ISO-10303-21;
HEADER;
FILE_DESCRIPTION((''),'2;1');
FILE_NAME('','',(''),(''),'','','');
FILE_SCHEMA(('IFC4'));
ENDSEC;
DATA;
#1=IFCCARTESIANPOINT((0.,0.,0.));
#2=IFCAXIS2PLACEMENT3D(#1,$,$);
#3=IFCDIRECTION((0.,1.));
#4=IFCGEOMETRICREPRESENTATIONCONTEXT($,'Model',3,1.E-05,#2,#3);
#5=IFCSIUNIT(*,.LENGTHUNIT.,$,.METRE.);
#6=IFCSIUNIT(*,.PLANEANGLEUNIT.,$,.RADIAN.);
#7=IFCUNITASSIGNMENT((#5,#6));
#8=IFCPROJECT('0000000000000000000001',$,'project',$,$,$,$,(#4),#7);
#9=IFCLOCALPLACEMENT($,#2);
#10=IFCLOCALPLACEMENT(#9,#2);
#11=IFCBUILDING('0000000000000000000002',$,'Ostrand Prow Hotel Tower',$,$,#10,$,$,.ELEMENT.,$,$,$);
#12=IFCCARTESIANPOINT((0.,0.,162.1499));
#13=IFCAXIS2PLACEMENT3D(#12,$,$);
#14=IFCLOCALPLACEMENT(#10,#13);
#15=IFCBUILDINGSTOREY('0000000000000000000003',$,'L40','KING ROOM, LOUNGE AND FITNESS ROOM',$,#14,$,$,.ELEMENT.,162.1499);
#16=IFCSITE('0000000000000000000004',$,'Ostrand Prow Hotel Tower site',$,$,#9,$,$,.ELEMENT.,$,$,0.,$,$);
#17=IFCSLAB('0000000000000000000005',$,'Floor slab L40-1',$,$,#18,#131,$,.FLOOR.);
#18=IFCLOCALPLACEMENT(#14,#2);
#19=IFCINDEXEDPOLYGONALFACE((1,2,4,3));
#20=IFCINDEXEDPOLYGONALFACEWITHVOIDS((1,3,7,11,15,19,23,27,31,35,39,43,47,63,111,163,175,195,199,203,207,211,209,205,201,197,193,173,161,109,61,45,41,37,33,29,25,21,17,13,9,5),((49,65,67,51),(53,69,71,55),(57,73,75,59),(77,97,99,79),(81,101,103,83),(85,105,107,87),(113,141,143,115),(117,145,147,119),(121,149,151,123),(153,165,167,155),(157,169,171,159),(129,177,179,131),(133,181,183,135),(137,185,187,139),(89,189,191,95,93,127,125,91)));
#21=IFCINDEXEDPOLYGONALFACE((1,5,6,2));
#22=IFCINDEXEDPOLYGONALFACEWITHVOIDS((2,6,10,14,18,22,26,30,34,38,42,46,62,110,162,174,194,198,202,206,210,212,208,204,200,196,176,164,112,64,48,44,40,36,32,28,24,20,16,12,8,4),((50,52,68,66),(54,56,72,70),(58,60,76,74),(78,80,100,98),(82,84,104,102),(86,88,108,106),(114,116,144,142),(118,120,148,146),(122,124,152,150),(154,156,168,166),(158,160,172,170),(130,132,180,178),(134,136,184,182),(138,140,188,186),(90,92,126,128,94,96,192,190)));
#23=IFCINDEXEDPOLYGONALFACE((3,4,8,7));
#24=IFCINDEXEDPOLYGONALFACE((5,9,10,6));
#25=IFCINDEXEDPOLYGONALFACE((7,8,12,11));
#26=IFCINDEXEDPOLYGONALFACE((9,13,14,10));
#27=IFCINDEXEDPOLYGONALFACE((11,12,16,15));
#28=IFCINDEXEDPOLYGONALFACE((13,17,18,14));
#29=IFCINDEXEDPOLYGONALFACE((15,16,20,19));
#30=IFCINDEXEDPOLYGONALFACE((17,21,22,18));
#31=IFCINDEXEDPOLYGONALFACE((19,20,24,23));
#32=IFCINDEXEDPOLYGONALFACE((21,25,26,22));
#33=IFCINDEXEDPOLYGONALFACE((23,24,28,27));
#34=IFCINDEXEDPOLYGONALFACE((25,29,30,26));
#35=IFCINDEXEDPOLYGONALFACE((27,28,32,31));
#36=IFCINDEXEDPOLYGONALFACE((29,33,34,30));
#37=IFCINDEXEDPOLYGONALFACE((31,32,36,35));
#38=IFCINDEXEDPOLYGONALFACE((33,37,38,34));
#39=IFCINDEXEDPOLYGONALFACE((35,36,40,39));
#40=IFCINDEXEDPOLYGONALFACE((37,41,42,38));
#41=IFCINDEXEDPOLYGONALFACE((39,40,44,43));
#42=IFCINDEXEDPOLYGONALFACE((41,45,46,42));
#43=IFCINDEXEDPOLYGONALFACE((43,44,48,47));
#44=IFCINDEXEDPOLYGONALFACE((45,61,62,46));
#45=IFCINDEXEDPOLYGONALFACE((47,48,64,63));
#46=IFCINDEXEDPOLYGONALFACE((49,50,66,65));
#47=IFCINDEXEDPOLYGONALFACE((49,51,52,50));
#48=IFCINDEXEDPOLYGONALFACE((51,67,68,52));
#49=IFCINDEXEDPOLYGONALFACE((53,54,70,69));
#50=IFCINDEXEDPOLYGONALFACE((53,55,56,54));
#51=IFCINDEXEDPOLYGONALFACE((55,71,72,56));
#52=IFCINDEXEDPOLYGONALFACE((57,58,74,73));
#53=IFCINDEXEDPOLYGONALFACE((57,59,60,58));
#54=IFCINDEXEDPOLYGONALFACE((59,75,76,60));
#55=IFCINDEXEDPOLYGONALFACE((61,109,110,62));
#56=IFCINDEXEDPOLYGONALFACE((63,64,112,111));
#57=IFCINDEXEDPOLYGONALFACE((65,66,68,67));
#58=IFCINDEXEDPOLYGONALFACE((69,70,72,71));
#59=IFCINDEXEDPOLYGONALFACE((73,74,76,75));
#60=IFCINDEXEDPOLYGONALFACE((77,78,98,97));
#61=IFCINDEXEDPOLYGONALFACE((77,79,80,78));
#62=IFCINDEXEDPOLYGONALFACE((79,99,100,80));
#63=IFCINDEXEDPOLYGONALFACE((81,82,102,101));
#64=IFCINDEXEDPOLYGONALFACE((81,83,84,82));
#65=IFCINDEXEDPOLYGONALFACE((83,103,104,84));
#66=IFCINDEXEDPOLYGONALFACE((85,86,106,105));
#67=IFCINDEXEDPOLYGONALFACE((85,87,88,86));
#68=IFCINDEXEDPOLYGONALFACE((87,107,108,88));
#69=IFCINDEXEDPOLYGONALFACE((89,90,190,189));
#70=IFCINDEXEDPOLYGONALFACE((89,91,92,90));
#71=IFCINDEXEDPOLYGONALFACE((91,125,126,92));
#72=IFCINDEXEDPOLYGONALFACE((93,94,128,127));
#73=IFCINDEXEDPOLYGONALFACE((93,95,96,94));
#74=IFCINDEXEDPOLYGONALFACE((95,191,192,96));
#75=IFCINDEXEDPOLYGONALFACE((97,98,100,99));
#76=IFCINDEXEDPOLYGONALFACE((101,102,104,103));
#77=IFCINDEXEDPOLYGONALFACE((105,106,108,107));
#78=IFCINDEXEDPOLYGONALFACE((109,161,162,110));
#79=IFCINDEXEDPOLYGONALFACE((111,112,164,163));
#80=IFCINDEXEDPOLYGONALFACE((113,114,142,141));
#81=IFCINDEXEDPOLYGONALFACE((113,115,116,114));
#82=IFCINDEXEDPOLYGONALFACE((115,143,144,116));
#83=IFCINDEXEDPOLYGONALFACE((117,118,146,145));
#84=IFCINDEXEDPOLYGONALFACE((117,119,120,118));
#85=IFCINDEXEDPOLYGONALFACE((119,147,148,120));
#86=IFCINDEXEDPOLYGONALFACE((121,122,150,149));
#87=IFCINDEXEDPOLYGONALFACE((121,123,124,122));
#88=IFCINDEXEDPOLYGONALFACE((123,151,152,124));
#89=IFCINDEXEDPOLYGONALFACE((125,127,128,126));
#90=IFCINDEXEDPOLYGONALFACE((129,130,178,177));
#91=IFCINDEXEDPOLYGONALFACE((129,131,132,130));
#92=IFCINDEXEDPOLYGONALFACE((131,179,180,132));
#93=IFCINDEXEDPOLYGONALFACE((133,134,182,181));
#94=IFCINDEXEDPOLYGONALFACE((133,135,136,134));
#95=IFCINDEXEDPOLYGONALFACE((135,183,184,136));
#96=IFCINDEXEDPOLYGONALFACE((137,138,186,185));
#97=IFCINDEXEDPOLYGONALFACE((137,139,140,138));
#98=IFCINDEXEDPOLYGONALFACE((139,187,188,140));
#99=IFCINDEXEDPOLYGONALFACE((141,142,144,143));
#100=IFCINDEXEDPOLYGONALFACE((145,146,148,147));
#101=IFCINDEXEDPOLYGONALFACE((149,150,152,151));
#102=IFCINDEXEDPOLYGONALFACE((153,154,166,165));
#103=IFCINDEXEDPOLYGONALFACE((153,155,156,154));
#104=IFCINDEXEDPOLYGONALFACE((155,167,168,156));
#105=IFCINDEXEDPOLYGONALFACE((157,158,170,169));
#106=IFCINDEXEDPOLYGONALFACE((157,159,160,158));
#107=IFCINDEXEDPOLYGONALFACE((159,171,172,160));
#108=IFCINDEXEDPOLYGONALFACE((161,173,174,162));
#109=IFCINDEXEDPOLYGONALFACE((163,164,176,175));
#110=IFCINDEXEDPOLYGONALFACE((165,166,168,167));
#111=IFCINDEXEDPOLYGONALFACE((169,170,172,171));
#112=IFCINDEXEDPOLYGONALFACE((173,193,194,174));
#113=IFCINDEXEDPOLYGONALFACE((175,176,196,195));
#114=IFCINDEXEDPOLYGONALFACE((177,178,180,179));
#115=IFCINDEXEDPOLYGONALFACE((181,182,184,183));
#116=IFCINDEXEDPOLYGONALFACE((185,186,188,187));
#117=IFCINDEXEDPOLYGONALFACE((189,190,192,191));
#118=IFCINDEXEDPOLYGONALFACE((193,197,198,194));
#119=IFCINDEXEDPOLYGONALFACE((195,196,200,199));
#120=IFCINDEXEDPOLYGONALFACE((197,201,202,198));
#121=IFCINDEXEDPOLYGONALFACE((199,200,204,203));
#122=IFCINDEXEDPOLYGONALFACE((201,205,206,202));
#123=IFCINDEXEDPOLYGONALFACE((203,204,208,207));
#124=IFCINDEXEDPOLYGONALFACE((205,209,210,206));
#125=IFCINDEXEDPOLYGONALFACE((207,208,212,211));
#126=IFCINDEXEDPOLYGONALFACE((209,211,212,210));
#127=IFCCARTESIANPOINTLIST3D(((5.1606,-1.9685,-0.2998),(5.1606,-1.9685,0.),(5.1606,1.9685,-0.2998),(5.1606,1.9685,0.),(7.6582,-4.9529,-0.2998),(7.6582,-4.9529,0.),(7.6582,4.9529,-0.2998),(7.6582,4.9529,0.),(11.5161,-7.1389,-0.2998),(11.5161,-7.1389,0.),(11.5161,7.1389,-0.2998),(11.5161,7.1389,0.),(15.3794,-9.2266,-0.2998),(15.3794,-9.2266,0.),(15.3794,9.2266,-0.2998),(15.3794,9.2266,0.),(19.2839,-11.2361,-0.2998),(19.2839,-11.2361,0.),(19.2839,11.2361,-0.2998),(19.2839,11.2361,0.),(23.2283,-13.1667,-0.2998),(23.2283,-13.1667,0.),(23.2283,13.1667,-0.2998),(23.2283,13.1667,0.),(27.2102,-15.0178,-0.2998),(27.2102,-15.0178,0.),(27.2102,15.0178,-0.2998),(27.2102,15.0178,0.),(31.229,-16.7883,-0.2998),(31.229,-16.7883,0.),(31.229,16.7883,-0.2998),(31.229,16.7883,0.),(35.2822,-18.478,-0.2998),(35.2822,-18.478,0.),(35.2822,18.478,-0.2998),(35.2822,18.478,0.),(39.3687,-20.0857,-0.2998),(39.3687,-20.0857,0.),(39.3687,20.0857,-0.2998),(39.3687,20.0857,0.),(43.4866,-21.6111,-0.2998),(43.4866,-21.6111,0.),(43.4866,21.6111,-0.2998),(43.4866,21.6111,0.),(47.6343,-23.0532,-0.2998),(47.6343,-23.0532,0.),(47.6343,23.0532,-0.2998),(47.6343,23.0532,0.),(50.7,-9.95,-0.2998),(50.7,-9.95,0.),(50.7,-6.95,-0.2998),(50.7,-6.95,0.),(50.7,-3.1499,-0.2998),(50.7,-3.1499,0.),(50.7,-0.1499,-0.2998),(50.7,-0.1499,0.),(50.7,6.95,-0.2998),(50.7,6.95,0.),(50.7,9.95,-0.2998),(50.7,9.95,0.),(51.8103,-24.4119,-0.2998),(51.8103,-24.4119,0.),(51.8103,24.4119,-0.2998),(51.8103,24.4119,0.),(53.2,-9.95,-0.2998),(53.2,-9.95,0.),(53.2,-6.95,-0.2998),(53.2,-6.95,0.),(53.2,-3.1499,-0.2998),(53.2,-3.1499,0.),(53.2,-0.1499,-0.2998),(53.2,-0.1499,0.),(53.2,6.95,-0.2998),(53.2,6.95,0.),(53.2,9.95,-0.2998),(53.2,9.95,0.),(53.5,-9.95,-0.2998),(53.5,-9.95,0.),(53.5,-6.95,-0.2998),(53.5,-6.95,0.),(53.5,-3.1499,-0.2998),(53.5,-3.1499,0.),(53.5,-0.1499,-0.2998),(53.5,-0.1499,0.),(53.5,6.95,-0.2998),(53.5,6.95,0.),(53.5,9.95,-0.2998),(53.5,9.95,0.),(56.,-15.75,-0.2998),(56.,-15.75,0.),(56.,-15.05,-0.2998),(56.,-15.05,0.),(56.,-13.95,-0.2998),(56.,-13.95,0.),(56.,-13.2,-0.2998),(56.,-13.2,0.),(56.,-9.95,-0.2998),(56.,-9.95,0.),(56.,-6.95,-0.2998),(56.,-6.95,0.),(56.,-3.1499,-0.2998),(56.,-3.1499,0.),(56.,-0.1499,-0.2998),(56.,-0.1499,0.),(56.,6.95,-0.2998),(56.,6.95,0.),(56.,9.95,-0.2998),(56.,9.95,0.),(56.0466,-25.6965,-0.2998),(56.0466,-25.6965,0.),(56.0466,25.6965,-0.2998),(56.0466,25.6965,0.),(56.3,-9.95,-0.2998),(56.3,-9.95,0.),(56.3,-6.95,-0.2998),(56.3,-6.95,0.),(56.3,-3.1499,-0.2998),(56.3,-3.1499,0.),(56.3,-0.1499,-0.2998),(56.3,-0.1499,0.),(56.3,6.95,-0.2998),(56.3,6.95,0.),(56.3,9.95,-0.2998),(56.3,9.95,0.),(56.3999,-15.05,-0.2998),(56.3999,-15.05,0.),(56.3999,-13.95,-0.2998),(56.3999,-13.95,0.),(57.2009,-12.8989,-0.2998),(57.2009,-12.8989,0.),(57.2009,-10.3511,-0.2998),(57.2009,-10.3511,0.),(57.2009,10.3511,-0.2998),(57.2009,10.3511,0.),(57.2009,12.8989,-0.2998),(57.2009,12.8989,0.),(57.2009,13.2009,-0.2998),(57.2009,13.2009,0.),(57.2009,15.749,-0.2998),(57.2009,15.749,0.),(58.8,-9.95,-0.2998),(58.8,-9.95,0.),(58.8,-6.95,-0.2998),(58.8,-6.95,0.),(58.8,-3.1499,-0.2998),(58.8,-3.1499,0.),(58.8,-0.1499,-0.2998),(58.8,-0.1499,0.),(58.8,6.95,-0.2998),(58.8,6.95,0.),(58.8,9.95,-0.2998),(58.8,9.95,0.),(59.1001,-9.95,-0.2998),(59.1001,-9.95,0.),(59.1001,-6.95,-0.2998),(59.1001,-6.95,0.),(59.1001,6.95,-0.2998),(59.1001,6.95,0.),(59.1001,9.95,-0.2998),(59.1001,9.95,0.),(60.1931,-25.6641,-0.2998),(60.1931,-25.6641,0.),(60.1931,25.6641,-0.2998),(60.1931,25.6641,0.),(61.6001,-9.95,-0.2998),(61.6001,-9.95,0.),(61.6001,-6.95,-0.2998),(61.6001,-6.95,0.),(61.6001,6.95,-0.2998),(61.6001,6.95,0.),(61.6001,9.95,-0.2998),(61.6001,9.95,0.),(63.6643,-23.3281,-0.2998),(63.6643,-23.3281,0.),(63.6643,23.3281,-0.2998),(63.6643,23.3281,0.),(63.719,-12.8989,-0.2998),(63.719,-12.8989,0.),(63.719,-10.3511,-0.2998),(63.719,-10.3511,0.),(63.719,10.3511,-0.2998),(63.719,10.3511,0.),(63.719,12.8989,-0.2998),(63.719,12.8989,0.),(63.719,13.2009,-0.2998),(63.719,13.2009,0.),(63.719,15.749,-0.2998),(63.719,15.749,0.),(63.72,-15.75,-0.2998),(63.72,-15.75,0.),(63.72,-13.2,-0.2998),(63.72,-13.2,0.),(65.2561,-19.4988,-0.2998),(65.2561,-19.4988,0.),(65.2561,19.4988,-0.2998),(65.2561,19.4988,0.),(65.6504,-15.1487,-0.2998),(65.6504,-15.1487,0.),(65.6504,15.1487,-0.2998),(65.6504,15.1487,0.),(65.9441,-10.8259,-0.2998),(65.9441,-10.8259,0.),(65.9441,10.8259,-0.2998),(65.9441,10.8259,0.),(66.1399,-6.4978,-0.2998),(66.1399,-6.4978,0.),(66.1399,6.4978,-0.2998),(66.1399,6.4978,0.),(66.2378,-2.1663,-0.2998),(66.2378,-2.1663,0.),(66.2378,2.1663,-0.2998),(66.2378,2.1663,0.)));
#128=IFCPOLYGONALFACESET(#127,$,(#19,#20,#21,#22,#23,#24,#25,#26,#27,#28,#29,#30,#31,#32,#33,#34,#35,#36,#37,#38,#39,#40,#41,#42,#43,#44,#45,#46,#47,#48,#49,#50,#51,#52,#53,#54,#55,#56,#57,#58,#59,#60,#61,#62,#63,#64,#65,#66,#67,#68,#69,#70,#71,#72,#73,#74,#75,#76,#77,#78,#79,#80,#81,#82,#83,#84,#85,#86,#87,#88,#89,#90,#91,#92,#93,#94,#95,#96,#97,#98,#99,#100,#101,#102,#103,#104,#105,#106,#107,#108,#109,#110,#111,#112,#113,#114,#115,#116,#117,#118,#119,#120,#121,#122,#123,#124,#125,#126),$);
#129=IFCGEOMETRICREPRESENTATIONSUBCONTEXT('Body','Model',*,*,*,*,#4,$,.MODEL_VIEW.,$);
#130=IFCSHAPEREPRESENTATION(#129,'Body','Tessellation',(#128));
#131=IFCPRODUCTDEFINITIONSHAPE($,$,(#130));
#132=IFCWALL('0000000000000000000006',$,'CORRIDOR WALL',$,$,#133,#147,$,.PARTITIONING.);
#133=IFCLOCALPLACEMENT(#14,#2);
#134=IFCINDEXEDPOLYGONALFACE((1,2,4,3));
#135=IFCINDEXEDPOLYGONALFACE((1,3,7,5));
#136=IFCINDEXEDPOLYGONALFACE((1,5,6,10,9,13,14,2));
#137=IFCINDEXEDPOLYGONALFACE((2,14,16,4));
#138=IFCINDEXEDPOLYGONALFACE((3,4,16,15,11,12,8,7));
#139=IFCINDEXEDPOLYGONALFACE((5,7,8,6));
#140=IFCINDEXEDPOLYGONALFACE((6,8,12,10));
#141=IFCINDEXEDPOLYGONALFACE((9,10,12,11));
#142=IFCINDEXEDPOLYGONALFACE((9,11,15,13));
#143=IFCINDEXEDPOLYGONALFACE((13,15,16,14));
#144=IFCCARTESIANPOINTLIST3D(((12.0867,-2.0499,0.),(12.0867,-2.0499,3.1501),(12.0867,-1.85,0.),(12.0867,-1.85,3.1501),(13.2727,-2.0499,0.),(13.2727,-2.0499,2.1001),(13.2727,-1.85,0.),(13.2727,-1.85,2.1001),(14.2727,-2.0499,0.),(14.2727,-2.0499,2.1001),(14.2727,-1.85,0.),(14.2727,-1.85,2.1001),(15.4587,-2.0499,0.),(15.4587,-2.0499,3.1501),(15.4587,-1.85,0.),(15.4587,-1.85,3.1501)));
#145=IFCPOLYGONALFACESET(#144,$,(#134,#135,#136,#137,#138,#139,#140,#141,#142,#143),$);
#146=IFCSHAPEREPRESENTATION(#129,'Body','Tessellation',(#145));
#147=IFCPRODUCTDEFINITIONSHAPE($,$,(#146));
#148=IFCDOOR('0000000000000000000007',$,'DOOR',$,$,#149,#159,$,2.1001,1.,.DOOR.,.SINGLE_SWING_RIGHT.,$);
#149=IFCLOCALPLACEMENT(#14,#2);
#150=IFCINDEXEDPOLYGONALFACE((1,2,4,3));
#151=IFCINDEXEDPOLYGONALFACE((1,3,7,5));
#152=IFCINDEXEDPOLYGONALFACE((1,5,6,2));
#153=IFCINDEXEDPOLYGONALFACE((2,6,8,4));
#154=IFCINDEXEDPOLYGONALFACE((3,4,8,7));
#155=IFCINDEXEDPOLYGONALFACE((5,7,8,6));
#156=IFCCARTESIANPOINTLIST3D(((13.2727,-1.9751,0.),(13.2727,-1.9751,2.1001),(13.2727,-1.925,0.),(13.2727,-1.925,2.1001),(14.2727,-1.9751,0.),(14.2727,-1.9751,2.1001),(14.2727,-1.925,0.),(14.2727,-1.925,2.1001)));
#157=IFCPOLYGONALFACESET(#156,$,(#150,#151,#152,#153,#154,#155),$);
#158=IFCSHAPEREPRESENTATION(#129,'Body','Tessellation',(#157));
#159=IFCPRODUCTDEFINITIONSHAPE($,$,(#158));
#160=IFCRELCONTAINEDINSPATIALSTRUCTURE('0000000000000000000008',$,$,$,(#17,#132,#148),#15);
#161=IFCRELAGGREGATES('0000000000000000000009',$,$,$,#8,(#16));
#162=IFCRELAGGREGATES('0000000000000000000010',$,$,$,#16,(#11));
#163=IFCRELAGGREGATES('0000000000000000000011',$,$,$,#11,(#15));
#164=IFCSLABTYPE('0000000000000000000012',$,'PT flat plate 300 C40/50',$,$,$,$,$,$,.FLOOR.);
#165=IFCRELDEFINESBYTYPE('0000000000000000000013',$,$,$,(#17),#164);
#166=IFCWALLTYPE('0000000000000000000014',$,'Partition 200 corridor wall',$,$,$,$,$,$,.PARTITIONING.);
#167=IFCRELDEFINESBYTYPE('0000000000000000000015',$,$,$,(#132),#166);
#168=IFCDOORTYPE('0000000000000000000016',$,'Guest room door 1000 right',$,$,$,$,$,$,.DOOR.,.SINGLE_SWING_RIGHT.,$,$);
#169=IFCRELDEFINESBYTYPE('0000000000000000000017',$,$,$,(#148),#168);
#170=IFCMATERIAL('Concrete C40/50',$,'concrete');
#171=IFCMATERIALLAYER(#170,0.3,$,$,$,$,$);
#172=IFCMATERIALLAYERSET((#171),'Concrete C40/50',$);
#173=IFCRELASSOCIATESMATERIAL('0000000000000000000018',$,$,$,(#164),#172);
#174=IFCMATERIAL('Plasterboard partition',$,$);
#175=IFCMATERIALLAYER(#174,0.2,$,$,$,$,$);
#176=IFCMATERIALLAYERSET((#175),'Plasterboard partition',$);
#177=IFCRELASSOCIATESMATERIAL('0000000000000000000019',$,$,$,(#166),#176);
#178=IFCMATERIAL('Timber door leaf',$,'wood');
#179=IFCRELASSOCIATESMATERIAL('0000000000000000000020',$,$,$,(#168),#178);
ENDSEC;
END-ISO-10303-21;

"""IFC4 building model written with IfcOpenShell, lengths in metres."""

from ifc_helpers import new_model, si_unit, direction, frame, frame_2d, origin, place, context, subcontext, project, spatial, polyline, rectangle, outline, extrude, material, layer, layer_set, type_object, element, fill, save


model = new_model("IFC4")

# Units and contexts
model_context = context("Model", 3, precision=1e-05, world=origin(), true_north=direction((0.0, 1.0)))
body_context = subcontext(model_context, "Body", "Model", "MODEL_VIEW")
ifc_project = project(units=[si_unit("LENGTHUNIT", "METRE"), si_unit("PLANEANGLEUNIT", "RADIAN")], contexts=[model_context])

# Site, building, storey
site_placement = place(None, origin())
site = spatial("IfcSite", under=ifc_project, at=site_placement, Name="Ostrand Prow Hotel Tower site", CompositionType="ELEMENT", RefElevation=0.0)
building_placement = place(site_placement, origin())
building = spatial("IfcBuilding", under=site, at=building_placement, Name="Ostrand Prow Hotel Tower", CompositionType="ELEMENT")
storey_placement = place(building_placement, frame((0.0, 0.0, 162.1499)))
storey = spatial("IfcBuildingStorey", under=building, at=storey_placement, Name="L40", Description="KING ROOM, LOUNGE AND FITNESS ROOM", CompositionType="ELEMENT", Elevation=162.1499)

# Slab, opening
ifc_material_1 = material(Name="Concrete C40/50", Category="concrete")
ifc_layer_1 = layer(ifc_material_1, 0.3)
ifc_layer_set_1 = layer_set([ifc_layer_1], Name="Concrete C40/50")
slab_type = type_object("IfcSlabType", Name="PT flat plate 300 C40/50", PredefinedType="FLOOR", material=ifc_layer_set_1)
slab_placement = place(storey_placement, frame((0.0, 0.0, -0.2998)))
slab = element("IfcSlab", 1, at=slab_placement, inside=storey, type_object=slab_type, Name="Floor slab L40-1", PredefinedType="FLOOR", context=body_context, shape_type="SweptSolid", body=[
    extrude(outline(polyline([(7.6582, 4.9529), (11.5161, 7.1389), (15.3794, 9.2266), (19.2839, 11.2361), (23.2283, 13.1667), (27.2102, 15.0178), (31.229, 16.7883), (35.2822, 18.478), (39.3687, 20.0857), (43.4866, 21.6111), (47.6343, 23.0532), (51.8103, 24.4119), (56.0466, 25.6965), (60.1931, 25.6641), (63.6643, 23.3281), (65.2561, 19.4988), (65.6504, 15.1487), (65.9441, 10.8259), (66.1399, 6.4978), (66.2378, 2.1663), (66.2378, -2.1663), (66.1399, -6.4978), (65.9441, -10.8259), (65.6504, -15.1487), (65.2561, -19.4988), (63.6643, -23.3281), (60.1931, -25.6641), (56.0466, -25.6965), (51.8103, -24.4119), (47.6343, -23.0532), (43.4866, -21.6111), (39.3687, -20.0857), (35.2822, -18.478), (31.229, -16.7883), (27.2102, -15.0178), (23.2283, -13.1667), (19.2839, -11.2361), (15.3794, -9.2266), (11.5161, -7.1389), (7.6582, -4.9529), (5.1606, -1.9685), (5.1606, 1.9685), (7.6582, 4.9529)]), holes=[polyline([(50.7, 6.95), (53.2, 6.95), (53.2, 9.95), (50.7, 9.95), (50.7, 6.95)]), polyline([(53.5, 6.95), (56.0, 6.95), (56.0, 9.95), (53.5, 9.95), (53.5, 6.95)]), polyline([(56.3, 6.95), (58.8, 6.95), (58.8, 9.95), (56.3, 9.95), (56.3, 6.95)]), polyline([(59.1001, 6.95), (61.6001, 6.95), (61.6001, 9.95), (59.1001, 9.95), (59.1001, 6.95)]), polyline([(50.7, -3.1499), (53.2, -3.1499), (53.2, -0.1499), (50.7, -0.1499), (50.7, -3.1499)]), polyline([(53.5, -3.1499), (56.0, -3.1499), (56.0, -0.1499), (53.5, -0.1499), (53.5, -3.1499)]), polyline([(56.3, -3.1499), (58.8, -3.1499), (58.8, -0.1499), (56.3, -0.1499), (56.3, -3.1499)]), polyline([(50.7, -9.95), (53.2, -9.95), (53.2, -6.95), (50.7, -6.95), (50.7, -9.95)]), polyline([(53.5, -9.95), (56.0, -9.95), (56.0, -6.95), (53.5, -6.95), (53.5, -9.95)]), polyline([(56.3, -9.95), (58.8, -9.95), (58.8, -6.95), (56.3, -6.95), (56.3, -9.95)]), polyline([(59.1001, -9.95), (61.6001, -9.95), (61.6001, -6.95), (59.1001, -6.95), (59.1001, -9.95)]), polyline([(57.2009, 10.3511), (57.2009, 12.8989), (63.719, 12.8989), (63.719, 10.3511), (57.2009, 10.3511)]), polyline([(57.2009, 13.2009), (57.2009, 15.749), (63.719, 15.749), (63.719, 13.2009), (57.2009, 13.2009)]), polyline([(57.2009, -12.8989), (57.2009, -10.3511), (63.719, -10.3511), (63.719, -12.8989), (57.2009, -12.8989)]), polyline([(56.0, -13.2), (63.72, -13.2), (63.72, -15.75), (56.0, -15.75), (56.0, -15.05), (56.3999, -15.05), (56.3999, -13.95), (56.0, -13.95), (56.0, -13.2)])]), origin(), (0.0, 0.0, 1.0), 0.2998),
])
opening_1_placement = place(slab_placement, origin())
element("IfcOpeningElement", 2, at=opening_1_placement, cuts=slab, PredefinedType="OPENING", context=body_context, shape_type="SweptSolid", body=[
    extrude(outline(polyline([(56.0, -13.2), (63.72, -13.2), (63.72, -15.75), (56.0, -15.75), (56.0, -15.05), (56.3999, -15.05), (56.3999, -13.95), (56.0, -13.95), (56.0, -13.2)])), origin(), (0.0, 0.0, 1.0), 0.2998),
])

# Wall, opening, door
ifc_material_2 = material(Name="Plasterboard partition")
ifc_layer_2 = layer(ifc_material_2, 0.2)
ifc_layer_set_2 = layer_set([ifc_layer_2], Name="Plasterboard partition")
wall_type_1 = type_object("IfcWallType", Name="Partition 200 corridor wall", PredefinedType="PARTITIONING", material=ifc_layer_set_2)
wall_1_placement = place(storey_placement, frame((12.0867, -1.95, 0.0), z_axis=(0.0, 0.0, 1.0), x_axis=(1.0, 0.0, 0.0)))
wall_1 = element("IfcWall", 3, at=wall_1_placement, inside=storey, type_object=wall_type_1, Name="CORRIDOR WALL", PredefinedType="PARTITIONING", context=body_context, shape_type="SweptSolid", body=[
    extrude(rectangle(XDim=3.3721, YDim=0.2, at=frame_2d((1.686, 0.0))), origin(), (0.0, 0.0, 1.0), 3.1501),
])
opening_2_placement = place(wall_1_placement, frame((1.186, 0.0, 0.0)))
opening_2 = element("IfcOpeningElement", 4, at=opening_2_placement, cuts=wall_1, PredefinedType="OPENING", context=body_context, shape_type="SweptSolid", body=[
    extrude(rectangle(XDim=1.0, YDim=2.1001, at=frame_2d((0.5, 1.05))), frame((0.0, 0.1099, 0.0), z_axis=(0.0, -1.0, 0.0), x_axis=(1.0, 0.0, 0.0)), (0.0, 0.0, 1.0), 0.22),
])
ifc_material_3 = material(Name="Timber door leaf", Category="wood")
door_type_1 = type_object("IfcDoorType", Name="Guest room door 1000 right", OperationType="SINGLE_SWING_RIGHT", PredefinedType="DOOR", material=ifc_material_3)
door_1_placement = place(opening_2_placement, origin())
door_1 = element("IfcDoor", 5, at=door_1_placement, inside=storey, type_object=door_type_1, Name="DOOR", OperationType="SINGLE_SWING_RIGHT", OverallHeight=2.1001, OverallWidth=1.0, PredefinedType="DOOR", context=body_context, shape_type="SweptSolid", body=[
    extrude(rectangle(XDim=1.0, YDim=2.1001, at=frame_2d((0.5, 1.05))), frame((0.0, 0.0249, 0.0), z_axis=(0.0, -1.0, 0.0), x_axis=(1.0, 0.0, 0.0)), (0.0, 0.0, 1.0), 0.05),
])
fill(opening_2, door_1)

save(model, "model.ifc")
